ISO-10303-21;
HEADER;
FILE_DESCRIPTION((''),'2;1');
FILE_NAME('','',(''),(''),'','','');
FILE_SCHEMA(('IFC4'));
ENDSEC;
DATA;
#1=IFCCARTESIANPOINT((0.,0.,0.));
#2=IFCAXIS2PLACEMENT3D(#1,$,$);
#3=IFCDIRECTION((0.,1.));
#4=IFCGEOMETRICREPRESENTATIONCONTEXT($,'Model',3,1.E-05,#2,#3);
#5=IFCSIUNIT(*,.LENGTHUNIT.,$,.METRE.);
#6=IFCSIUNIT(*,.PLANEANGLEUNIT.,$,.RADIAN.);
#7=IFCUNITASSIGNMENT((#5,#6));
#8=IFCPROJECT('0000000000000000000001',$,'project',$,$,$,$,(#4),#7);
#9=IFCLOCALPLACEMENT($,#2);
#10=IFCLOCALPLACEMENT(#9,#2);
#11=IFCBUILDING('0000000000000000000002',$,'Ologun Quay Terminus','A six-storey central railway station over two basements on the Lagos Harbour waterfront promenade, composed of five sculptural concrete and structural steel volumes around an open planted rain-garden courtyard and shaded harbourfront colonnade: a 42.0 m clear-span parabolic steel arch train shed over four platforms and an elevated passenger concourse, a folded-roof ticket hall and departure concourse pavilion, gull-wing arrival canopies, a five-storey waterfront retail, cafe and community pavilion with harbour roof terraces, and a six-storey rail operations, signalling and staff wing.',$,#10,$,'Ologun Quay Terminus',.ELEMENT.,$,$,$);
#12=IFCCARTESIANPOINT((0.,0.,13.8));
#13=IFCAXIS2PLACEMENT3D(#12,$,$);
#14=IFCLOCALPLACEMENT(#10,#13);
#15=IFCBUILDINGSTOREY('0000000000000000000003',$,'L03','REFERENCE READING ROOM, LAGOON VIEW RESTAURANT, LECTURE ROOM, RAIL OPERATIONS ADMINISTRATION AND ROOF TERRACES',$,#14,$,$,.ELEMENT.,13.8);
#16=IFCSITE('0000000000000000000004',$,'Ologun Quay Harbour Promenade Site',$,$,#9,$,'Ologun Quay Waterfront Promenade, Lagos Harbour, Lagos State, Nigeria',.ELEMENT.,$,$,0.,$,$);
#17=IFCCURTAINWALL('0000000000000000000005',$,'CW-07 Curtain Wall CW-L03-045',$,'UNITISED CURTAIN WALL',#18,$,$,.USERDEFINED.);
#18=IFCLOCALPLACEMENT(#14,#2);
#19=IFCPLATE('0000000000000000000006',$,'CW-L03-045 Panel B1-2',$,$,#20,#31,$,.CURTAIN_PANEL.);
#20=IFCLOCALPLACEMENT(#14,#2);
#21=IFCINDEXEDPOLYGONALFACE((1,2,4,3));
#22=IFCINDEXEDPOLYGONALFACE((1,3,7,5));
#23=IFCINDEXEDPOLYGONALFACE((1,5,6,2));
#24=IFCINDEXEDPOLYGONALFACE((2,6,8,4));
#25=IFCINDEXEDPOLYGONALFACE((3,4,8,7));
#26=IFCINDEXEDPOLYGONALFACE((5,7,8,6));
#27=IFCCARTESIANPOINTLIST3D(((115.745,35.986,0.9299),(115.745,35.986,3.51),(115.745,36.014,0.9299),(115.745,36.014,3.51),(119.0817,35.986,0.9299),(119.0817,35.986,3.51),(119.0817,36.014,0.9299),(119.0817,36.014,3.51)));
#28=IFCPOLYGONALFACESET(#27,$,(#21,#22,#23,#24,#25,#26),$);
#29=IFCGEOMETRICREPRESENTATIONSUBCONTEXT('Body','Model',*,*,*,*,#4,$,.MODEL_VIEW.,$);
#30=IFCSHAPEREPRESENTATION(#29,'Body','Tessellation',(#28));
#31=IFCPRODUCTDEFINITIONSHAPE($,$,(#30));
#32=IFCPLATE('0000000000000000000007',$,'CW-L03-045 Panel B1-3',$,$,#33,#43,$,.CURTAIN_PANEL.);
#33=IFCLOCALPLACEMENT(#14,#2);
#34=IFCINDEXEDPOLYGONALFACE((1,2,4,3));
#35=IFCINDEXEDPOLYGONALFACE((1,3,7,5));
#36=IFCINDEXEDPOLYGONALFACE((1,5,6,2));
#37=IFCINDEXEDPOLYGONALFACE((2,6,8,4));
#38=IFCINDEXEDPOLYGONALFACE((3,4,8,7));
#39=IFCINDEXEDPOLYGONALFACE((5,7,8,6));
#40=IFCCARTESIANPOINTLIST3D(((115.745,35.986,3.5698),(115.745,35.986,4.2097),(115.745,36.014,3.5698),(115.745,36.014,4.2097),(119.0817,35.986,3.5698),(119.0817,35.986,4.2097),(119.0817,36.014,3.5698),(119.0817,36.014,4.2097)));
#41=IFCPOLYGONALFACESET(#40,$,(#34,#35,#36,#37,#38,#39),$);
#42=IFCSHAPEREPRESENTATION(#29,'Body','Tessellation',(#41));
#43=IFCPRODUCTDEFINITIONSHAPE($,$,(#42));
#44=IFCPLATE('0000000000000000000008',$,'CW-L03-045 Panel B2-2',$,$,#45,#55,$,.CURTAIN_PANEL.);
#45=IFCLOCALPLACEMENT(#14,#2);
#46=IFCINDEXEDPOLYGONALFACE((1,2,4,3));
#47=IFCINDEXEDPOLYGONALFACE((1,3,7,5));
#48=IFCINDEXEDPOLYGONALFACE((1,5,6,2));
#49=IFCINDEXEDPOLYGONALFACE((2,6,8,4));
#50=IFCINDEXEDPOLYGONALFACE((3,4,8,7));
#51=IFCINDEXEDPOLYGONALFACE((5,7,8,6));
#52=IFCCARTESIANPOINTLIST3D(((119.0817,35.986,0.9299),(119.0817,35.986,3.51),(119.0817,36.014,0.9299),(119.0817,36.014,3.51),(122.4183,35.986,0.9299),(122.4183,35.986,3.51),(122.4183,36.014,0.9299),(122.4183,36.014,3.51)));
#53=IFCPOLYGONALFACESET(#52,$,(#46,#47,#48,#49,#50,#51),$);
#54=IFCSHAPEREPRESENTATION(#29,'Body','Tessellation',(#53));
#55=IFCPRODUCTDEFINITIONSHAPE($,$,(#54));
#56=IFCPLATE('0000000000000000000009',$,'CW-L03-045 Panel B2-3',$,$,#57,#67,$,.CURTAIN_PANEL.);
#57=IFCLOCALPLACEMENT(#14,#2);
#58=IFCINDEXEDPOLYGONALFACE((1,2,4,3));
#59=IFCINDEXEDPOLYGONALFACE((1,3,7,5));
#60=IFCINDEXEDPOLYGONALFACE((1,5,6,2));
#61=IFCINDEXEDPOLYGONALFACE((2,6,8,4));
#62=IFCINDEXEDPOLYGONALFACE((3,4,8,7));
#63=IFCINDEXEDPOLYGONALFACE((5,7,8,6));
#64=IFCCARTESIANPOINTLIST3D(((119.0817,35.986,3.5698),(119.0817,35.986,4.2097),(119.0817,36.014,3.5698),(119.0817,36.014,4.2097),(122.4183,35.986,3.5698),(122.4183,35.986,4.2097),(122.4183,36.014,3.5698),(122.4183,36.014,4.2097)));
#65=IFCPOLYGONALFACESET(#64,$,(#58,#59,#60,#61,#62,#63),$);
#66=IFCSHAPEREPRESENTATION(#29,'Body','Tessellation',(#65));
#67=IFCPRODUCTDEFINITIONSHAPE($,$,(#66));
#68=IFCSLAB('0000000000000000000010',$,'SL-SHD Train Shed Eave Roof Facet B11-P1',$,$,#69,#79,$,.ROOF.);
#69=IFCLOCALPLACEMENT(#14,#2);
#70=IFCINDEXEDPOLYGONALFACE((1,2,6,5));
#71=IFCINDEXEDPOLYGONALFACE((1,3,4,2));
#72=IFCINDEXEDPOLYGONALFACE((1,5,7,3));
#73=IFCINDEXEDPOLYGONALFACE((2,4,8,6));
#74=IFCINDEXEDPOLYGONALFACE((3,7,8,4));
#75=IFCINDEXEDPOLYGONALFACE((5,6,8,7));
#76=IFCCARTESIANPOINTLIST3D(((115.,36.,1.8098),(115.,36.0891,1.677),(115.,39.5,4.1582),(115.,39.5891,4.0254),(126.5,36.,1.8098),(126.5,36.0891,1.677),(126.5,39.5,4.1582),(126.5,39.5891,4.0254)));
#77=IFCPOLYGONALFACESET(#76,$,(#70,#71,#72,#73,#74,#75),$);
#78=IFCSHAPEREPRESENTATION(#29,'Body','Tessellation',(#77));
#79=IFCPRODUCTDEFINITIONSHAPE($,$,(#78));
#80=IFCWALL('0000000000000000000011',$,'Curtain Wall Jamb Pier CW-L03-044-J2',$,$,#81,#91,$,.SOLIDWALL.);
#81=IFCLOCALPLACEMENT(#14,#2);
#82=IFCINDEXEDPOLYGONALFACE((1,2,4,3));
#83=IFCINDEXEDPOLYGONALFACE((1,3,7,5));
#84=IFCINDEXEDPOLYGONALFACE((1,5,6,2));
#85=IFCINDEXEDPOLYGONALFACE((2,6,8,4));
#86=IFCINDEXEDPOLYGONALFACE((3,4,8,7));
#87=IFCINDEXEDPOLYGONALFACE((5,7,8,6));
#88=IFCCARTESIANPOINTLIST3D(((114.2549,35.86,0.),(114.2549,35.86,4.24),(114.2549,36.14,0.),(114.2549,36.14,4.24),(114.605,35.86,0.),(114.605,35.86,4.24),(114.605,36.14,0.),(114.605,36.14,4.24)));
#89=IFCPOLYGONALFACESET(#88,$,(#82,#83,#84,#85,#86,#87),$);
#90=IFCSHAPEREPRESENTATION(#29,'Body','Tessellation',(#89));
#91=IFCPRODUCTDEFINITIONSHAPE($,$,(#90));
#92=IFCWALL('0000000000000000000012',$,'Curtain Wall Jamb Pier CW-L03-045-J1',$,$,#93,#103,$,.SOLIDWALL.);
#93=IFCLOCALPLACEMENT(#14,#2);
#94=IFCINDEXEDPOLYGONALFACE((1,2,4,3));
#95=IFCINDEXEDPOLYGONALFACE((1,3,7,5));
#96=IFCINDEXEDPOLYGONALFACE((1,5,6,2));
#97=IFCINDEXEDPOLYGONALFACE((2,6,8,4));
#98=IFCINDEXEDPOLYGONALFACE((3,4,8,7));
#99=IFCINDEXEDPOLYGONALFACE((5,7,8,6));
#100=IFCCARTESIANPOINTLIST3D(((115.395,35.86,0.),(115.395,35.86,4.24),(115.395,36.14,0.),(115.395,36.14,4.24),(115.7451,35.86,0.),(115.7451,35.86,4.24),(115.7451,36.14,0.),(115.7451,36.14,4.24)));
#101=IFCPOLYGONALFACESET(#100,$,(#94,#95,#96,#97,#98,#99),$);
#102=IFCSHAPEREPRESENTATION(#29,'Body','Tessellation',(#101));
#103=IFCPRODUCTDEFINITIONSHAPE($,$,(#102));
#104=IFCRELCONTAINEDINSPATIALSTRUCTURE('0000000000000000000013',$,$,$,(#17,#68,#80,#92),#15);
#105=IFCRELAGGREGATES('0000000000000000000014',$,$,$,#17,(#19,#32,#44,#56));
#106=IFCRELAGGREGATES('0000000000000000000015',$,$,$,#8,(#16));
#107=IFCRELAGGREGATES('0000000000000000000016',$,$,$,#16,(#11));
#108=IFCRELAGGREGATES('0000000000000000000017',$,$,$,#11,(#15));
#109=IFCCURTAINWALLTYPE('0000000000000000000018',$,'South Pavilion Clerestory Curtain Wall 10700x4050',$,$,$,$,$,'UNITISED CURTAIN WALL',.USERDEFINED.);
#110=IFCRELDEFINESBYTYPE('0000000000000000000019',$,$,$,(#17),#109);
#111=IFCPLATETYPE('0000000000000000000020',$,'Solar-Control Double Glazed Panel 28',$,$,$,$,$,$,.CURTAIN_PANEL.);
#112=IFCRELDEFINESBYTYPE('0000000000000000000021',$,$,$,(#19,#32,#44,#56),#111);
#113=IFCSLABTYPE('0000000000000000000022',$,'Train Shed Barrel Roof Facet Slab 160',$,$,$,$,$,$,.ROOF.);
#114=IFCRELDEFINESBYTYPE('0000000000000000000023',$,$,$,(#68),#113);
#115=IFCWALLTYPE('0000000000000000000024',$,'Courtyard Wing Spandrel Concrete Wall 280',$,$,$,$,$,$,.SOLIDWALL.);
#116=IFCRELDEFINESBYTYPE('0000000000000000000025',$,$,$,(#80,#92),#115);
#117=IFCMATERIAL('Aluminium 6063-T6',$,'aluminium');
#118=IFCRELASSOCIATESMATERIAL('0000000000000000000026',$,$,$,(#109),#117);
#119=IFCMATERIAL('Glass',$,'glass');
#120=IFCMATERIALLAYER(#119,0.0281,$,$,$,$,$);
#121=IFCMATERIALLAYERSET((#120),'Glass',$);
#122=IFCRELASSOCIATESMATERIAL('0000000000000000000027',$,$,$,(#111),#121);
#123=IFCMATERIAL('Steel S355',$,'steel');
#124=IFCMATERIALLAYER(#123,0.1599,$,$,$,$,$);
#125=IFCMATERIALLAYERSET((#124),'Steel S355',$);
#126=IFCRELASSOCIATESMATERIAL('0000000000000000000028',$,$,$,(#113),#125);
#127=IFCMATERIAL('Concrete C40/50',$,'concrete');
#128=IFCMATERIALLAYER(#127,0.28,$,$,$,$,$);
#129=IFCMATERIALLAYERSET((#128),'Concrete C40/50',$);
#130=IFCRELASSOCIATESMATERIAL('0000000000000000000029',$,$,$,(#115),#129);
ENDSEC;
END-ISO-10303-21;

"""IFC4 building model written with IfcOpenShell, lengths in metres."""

from ifc_helpers import new_model, si_unit, direction, frame, frame_2d, origin, origin_2d, place, context, subcontext, project, spatial, polyline, rectangle, outline, extrude, material, layer, layer_set, type_object, element, aggregate, save


model = new_model("IFC4")

# Units and contexts
model_context = context("Model", 3, precision=1e-05, world=origin(), true_north=direction((0.0, 1.0)))
body_context = subcontext(model_context, "Body", "Model", "MODEL_VIEW")
ifc_project = project(units=[si_unit("LENGTHUNIT", "METRE"), si_unit("PLANEANGLEUNIT", "RADIAN")], contexts=[model_context])

# Site, building, storey
site_placement = place(None, origin())
site = spatial("IfcSite", under=ifc_project, at=site_placement, Name="Ologun Quay Harbour Promenade Site", LongName="Ologun Quay Waterfront Promenade, Lagos Harbour, Lagos State, Nigeria", CompositionType="ELEMENT", RefElevation=0.0)
building_placement = place(site_placement, origin())
building = spatial("IfcBuilding", under=site, at=building_placement, Name="Ologun Quay Terminus", Description="A six-storey central railway station over two basements on the Lagos Harbour waterfront promenade, composed of five sculptural concrete and structural steel volumes around an open planted rain-garden courtyard and shaded harbourfront colonnade: a 42.0 m clear-span parabolic steel arch train shed over four platforms and an elevated passenger concourse, a folded-roof ticket hall and departure concourse pavilion, gull-wing arrival canopies, a five-storey waterfront retail, cafe and community pavilion with harbour roof terraces, and a six-storey rail operations, signalling and staff wing.", LongName="Ologun Quay Terminus", CompositionType="ELEMENT")
storey_placement = place(building_placement, frame((0.0, 0.0, 13.8)))
storey = spatial("IfcBuildingStorey", under=building, at=storey_placement, Name="L03", Description="REFERENCE READING ROOM, LAGOON VIEW RESTAURANT, LECTURE ROOM, RAIL OPERATIONS ADMINISTRATION AND ROOF TERRACES", CompositionType="ELEMENT", Elevation=13.8)

# Curtain wall
ifc_material_1 = material(Name="Aluminium 6063-T6", Category="aluminium")
curtain_wall_type = type_object("IfcCurtainWallType", Name="South Pavilion Clerestory Curtain Wall 10700x4050", ElementType="UNITISED CURTAIN WALL", PredefinedType="USERDEFINED", material=ifc_material_1)
curtain_wall_1_placement = place(storey_placement, origin())
curtain_wall_1 = element("IfcCurtainWall", 1, at=curtain_wall_1_placement, inside=storey, type_object=curtain_wall_type, Name="CW-07 Curtain Wall CW-L03-045", ObjectType="UNITISED CURTAIN WALL", PredefinedType="USERDEFINED")

# Plates
ifc_material_2 = material(Name="Glass", Category="glass")
ifc_layer_1 = layer(ifc_material_2, 0.0281)
ifc_layer_set_1 = layer_set([ifc_layer_1], Name="Glass")
plate_type_1 = type_object("IfcPlateType", Name="Solar-Control Double Glazed Panel 28", PredefinedType="CURTAIN_PANEL", material=ifc_layer_set_1)
plate_1_placement = place(storey_placement, frame((117.4133, 36.0, 0.9299), z_axis=(0.0, 0.0, 1.0), x_axis=(1.0, 0.0, 0.0)))
plate_1 = element("IfcPlate", 2, at=plate_1_placement, type_object=plate_type_1, Name="CW-L03-045 Panel B1-2", PredefinedType="CURTAIN_PANEL", context=body_context, shape_type="SweptSolid", body=[
    extrude(rectangle(XDim=3.3367, YDim=0.0281, at=origin_2d()), origin(), (0.0, 0.0, 1.0), 2.5801),
])
plate_2_placement = place(storey_placement, frame((117.4133, 36.0, 3.5698), z_axis=(0.0, 0.0, 1.0), x_axis=(1.0, 0.0, 0.0)))
plate_2 = element("IfcPlate", 3, at=plate_2_placement, type_object=plate_type_1, Name="CW-L03-045 Panel B1-3", PredefinedType="CURTAIN_PANEL", context=body_context, shape_type="SweptSolid", body=[
    extrude(rectangle(XDim=3.3367, YDim=0.0281, at=origin_2d()), origin(), (0.0, 0.0, 1.0), 0.6399),
])
plate_3_placement = place(storey_placement, frame((120.75, 36.0, 0.9299), z_axis=(0.0, 0.0, 1.0), x_axis=(1.0, 0.0, 0.0)))
plate_3 = element("IfcPlate", 4, at=plate_3_placement, type_object=plate_type_1, Name="CW-L03-045 Panel B2-2", PredefinedType="CURTAIN_PANEL", context=body_context, shape_type="SweptSolid", body=[
    extrude(rectangle(XDim=3.3367, YDim=0.0281, at=origin_2d()), origin(), (0.0, 0.0, 1.0), 2.5801),
])
plate_4_placement = place(storey_placement, frame((120.75, 36.0, 3.5698), z_axis=(0.0, 0.0, 1.0), x_axis=(1.0, 0.0, 0.0)))
plate_4 = element("IfcPlate", 5, at=plate_4_placement, type_object=plate_type_1, Name="CW-L03-045 Panel B2-3", PredefinedType="CURTAIN_PANEL", context=body_context, shape_type="SweptSolid", body=[
    extrude(rectangle(XDim=3.3367, YDim=0.0281, at=origin_2d()), origin(), (0.0, 0.0, 1.0), 0.6399),
])
aggregate(curtain_wall_1, [plate_1, plate_2, plate_3, plate_4])

# Slab
ifc_material_3 = material(Name="Steel S355", Category="steel")
ifc_layer_2 = layer(ifc_material_3, 0.1599)
ifc_layer_set_2 = layer_set([ifc_layer_2], Name="Steel S355")
slab_type = type_object("IfcSlabType", Name="Train Shed Barrel Roof Facet Slab 160", PredefinedType="ROOF", material=ifc_layer_set_2)
slab_placement = place(storey_placement, frame((115.0, 36.0, 1.8098), z_axis=(0.0, -0.557171, 0.830398), x_axis=(1.0, 0.0, 0.0)))
element("IfcSlab", 6, at=slab_placement, inside=storey, type_object=slab_type, Name="SL-SHD Train Shed Eave Roof Facet B11-P1", PredefinedType="ROOF", context=body_context, shape_type="SweptSolid", body=[
    extrude(outline(polyline([(0.0, 0.0), (11.5, 0.0), (11.5, 4.2148), (0.0, 4.2148), (0.0, 0.0)])), origin(), (0.0, 0.0, -1.0), 0.1599),
])

# Walls
ifc_material_4 = material(Name="Concrete C40/50", Category="concrete")
ifc_layer_3 = layer(ifc_material_4, 0.28)
ifc_layer_set_3 = layer_set([ifc_layer_3], Name="Concrete C40/50")
wall_type = type_object("IfcWallType", Name="Courtyard Wing Spandrel Concrete Wall 280", PredefinedType="SOLIDWALL", material=ifc_layer_set_3)
for number, where, z_axis, x_axis, name in (
    (7, (114.2549, 36.0, 0.0), (0.0, 0.0, 1.0), (1.0, 0.0, 0.0), "Curtain Wall Jamb Pier CW-L03-044-J2"),
    (8, (115.395, 36.0, 0.0), (0.0, 0.0, 1.0), (1.0, 0.0, 0.0), "Curtain Wall Jamb Pier CW-L03-045-J1"),
):
    element("IfcWall", number, at=place(storey_placement, frame(where, z_axis=z_axis, x_axis=x_axis)), inside=storey, type_object=wall_type, Name=name, PredefinedType="SOLIDWALL", context=body_context, shape_type="SweptSolid", body=[
        extrude(rectangle(XDim=0.3501, YDim=0.28, at=frame_2d((0.175, 0.0))), origin(), (0.0, 0.0, 1.0), 4.24),
    ])

save(model, "model.ifc")
